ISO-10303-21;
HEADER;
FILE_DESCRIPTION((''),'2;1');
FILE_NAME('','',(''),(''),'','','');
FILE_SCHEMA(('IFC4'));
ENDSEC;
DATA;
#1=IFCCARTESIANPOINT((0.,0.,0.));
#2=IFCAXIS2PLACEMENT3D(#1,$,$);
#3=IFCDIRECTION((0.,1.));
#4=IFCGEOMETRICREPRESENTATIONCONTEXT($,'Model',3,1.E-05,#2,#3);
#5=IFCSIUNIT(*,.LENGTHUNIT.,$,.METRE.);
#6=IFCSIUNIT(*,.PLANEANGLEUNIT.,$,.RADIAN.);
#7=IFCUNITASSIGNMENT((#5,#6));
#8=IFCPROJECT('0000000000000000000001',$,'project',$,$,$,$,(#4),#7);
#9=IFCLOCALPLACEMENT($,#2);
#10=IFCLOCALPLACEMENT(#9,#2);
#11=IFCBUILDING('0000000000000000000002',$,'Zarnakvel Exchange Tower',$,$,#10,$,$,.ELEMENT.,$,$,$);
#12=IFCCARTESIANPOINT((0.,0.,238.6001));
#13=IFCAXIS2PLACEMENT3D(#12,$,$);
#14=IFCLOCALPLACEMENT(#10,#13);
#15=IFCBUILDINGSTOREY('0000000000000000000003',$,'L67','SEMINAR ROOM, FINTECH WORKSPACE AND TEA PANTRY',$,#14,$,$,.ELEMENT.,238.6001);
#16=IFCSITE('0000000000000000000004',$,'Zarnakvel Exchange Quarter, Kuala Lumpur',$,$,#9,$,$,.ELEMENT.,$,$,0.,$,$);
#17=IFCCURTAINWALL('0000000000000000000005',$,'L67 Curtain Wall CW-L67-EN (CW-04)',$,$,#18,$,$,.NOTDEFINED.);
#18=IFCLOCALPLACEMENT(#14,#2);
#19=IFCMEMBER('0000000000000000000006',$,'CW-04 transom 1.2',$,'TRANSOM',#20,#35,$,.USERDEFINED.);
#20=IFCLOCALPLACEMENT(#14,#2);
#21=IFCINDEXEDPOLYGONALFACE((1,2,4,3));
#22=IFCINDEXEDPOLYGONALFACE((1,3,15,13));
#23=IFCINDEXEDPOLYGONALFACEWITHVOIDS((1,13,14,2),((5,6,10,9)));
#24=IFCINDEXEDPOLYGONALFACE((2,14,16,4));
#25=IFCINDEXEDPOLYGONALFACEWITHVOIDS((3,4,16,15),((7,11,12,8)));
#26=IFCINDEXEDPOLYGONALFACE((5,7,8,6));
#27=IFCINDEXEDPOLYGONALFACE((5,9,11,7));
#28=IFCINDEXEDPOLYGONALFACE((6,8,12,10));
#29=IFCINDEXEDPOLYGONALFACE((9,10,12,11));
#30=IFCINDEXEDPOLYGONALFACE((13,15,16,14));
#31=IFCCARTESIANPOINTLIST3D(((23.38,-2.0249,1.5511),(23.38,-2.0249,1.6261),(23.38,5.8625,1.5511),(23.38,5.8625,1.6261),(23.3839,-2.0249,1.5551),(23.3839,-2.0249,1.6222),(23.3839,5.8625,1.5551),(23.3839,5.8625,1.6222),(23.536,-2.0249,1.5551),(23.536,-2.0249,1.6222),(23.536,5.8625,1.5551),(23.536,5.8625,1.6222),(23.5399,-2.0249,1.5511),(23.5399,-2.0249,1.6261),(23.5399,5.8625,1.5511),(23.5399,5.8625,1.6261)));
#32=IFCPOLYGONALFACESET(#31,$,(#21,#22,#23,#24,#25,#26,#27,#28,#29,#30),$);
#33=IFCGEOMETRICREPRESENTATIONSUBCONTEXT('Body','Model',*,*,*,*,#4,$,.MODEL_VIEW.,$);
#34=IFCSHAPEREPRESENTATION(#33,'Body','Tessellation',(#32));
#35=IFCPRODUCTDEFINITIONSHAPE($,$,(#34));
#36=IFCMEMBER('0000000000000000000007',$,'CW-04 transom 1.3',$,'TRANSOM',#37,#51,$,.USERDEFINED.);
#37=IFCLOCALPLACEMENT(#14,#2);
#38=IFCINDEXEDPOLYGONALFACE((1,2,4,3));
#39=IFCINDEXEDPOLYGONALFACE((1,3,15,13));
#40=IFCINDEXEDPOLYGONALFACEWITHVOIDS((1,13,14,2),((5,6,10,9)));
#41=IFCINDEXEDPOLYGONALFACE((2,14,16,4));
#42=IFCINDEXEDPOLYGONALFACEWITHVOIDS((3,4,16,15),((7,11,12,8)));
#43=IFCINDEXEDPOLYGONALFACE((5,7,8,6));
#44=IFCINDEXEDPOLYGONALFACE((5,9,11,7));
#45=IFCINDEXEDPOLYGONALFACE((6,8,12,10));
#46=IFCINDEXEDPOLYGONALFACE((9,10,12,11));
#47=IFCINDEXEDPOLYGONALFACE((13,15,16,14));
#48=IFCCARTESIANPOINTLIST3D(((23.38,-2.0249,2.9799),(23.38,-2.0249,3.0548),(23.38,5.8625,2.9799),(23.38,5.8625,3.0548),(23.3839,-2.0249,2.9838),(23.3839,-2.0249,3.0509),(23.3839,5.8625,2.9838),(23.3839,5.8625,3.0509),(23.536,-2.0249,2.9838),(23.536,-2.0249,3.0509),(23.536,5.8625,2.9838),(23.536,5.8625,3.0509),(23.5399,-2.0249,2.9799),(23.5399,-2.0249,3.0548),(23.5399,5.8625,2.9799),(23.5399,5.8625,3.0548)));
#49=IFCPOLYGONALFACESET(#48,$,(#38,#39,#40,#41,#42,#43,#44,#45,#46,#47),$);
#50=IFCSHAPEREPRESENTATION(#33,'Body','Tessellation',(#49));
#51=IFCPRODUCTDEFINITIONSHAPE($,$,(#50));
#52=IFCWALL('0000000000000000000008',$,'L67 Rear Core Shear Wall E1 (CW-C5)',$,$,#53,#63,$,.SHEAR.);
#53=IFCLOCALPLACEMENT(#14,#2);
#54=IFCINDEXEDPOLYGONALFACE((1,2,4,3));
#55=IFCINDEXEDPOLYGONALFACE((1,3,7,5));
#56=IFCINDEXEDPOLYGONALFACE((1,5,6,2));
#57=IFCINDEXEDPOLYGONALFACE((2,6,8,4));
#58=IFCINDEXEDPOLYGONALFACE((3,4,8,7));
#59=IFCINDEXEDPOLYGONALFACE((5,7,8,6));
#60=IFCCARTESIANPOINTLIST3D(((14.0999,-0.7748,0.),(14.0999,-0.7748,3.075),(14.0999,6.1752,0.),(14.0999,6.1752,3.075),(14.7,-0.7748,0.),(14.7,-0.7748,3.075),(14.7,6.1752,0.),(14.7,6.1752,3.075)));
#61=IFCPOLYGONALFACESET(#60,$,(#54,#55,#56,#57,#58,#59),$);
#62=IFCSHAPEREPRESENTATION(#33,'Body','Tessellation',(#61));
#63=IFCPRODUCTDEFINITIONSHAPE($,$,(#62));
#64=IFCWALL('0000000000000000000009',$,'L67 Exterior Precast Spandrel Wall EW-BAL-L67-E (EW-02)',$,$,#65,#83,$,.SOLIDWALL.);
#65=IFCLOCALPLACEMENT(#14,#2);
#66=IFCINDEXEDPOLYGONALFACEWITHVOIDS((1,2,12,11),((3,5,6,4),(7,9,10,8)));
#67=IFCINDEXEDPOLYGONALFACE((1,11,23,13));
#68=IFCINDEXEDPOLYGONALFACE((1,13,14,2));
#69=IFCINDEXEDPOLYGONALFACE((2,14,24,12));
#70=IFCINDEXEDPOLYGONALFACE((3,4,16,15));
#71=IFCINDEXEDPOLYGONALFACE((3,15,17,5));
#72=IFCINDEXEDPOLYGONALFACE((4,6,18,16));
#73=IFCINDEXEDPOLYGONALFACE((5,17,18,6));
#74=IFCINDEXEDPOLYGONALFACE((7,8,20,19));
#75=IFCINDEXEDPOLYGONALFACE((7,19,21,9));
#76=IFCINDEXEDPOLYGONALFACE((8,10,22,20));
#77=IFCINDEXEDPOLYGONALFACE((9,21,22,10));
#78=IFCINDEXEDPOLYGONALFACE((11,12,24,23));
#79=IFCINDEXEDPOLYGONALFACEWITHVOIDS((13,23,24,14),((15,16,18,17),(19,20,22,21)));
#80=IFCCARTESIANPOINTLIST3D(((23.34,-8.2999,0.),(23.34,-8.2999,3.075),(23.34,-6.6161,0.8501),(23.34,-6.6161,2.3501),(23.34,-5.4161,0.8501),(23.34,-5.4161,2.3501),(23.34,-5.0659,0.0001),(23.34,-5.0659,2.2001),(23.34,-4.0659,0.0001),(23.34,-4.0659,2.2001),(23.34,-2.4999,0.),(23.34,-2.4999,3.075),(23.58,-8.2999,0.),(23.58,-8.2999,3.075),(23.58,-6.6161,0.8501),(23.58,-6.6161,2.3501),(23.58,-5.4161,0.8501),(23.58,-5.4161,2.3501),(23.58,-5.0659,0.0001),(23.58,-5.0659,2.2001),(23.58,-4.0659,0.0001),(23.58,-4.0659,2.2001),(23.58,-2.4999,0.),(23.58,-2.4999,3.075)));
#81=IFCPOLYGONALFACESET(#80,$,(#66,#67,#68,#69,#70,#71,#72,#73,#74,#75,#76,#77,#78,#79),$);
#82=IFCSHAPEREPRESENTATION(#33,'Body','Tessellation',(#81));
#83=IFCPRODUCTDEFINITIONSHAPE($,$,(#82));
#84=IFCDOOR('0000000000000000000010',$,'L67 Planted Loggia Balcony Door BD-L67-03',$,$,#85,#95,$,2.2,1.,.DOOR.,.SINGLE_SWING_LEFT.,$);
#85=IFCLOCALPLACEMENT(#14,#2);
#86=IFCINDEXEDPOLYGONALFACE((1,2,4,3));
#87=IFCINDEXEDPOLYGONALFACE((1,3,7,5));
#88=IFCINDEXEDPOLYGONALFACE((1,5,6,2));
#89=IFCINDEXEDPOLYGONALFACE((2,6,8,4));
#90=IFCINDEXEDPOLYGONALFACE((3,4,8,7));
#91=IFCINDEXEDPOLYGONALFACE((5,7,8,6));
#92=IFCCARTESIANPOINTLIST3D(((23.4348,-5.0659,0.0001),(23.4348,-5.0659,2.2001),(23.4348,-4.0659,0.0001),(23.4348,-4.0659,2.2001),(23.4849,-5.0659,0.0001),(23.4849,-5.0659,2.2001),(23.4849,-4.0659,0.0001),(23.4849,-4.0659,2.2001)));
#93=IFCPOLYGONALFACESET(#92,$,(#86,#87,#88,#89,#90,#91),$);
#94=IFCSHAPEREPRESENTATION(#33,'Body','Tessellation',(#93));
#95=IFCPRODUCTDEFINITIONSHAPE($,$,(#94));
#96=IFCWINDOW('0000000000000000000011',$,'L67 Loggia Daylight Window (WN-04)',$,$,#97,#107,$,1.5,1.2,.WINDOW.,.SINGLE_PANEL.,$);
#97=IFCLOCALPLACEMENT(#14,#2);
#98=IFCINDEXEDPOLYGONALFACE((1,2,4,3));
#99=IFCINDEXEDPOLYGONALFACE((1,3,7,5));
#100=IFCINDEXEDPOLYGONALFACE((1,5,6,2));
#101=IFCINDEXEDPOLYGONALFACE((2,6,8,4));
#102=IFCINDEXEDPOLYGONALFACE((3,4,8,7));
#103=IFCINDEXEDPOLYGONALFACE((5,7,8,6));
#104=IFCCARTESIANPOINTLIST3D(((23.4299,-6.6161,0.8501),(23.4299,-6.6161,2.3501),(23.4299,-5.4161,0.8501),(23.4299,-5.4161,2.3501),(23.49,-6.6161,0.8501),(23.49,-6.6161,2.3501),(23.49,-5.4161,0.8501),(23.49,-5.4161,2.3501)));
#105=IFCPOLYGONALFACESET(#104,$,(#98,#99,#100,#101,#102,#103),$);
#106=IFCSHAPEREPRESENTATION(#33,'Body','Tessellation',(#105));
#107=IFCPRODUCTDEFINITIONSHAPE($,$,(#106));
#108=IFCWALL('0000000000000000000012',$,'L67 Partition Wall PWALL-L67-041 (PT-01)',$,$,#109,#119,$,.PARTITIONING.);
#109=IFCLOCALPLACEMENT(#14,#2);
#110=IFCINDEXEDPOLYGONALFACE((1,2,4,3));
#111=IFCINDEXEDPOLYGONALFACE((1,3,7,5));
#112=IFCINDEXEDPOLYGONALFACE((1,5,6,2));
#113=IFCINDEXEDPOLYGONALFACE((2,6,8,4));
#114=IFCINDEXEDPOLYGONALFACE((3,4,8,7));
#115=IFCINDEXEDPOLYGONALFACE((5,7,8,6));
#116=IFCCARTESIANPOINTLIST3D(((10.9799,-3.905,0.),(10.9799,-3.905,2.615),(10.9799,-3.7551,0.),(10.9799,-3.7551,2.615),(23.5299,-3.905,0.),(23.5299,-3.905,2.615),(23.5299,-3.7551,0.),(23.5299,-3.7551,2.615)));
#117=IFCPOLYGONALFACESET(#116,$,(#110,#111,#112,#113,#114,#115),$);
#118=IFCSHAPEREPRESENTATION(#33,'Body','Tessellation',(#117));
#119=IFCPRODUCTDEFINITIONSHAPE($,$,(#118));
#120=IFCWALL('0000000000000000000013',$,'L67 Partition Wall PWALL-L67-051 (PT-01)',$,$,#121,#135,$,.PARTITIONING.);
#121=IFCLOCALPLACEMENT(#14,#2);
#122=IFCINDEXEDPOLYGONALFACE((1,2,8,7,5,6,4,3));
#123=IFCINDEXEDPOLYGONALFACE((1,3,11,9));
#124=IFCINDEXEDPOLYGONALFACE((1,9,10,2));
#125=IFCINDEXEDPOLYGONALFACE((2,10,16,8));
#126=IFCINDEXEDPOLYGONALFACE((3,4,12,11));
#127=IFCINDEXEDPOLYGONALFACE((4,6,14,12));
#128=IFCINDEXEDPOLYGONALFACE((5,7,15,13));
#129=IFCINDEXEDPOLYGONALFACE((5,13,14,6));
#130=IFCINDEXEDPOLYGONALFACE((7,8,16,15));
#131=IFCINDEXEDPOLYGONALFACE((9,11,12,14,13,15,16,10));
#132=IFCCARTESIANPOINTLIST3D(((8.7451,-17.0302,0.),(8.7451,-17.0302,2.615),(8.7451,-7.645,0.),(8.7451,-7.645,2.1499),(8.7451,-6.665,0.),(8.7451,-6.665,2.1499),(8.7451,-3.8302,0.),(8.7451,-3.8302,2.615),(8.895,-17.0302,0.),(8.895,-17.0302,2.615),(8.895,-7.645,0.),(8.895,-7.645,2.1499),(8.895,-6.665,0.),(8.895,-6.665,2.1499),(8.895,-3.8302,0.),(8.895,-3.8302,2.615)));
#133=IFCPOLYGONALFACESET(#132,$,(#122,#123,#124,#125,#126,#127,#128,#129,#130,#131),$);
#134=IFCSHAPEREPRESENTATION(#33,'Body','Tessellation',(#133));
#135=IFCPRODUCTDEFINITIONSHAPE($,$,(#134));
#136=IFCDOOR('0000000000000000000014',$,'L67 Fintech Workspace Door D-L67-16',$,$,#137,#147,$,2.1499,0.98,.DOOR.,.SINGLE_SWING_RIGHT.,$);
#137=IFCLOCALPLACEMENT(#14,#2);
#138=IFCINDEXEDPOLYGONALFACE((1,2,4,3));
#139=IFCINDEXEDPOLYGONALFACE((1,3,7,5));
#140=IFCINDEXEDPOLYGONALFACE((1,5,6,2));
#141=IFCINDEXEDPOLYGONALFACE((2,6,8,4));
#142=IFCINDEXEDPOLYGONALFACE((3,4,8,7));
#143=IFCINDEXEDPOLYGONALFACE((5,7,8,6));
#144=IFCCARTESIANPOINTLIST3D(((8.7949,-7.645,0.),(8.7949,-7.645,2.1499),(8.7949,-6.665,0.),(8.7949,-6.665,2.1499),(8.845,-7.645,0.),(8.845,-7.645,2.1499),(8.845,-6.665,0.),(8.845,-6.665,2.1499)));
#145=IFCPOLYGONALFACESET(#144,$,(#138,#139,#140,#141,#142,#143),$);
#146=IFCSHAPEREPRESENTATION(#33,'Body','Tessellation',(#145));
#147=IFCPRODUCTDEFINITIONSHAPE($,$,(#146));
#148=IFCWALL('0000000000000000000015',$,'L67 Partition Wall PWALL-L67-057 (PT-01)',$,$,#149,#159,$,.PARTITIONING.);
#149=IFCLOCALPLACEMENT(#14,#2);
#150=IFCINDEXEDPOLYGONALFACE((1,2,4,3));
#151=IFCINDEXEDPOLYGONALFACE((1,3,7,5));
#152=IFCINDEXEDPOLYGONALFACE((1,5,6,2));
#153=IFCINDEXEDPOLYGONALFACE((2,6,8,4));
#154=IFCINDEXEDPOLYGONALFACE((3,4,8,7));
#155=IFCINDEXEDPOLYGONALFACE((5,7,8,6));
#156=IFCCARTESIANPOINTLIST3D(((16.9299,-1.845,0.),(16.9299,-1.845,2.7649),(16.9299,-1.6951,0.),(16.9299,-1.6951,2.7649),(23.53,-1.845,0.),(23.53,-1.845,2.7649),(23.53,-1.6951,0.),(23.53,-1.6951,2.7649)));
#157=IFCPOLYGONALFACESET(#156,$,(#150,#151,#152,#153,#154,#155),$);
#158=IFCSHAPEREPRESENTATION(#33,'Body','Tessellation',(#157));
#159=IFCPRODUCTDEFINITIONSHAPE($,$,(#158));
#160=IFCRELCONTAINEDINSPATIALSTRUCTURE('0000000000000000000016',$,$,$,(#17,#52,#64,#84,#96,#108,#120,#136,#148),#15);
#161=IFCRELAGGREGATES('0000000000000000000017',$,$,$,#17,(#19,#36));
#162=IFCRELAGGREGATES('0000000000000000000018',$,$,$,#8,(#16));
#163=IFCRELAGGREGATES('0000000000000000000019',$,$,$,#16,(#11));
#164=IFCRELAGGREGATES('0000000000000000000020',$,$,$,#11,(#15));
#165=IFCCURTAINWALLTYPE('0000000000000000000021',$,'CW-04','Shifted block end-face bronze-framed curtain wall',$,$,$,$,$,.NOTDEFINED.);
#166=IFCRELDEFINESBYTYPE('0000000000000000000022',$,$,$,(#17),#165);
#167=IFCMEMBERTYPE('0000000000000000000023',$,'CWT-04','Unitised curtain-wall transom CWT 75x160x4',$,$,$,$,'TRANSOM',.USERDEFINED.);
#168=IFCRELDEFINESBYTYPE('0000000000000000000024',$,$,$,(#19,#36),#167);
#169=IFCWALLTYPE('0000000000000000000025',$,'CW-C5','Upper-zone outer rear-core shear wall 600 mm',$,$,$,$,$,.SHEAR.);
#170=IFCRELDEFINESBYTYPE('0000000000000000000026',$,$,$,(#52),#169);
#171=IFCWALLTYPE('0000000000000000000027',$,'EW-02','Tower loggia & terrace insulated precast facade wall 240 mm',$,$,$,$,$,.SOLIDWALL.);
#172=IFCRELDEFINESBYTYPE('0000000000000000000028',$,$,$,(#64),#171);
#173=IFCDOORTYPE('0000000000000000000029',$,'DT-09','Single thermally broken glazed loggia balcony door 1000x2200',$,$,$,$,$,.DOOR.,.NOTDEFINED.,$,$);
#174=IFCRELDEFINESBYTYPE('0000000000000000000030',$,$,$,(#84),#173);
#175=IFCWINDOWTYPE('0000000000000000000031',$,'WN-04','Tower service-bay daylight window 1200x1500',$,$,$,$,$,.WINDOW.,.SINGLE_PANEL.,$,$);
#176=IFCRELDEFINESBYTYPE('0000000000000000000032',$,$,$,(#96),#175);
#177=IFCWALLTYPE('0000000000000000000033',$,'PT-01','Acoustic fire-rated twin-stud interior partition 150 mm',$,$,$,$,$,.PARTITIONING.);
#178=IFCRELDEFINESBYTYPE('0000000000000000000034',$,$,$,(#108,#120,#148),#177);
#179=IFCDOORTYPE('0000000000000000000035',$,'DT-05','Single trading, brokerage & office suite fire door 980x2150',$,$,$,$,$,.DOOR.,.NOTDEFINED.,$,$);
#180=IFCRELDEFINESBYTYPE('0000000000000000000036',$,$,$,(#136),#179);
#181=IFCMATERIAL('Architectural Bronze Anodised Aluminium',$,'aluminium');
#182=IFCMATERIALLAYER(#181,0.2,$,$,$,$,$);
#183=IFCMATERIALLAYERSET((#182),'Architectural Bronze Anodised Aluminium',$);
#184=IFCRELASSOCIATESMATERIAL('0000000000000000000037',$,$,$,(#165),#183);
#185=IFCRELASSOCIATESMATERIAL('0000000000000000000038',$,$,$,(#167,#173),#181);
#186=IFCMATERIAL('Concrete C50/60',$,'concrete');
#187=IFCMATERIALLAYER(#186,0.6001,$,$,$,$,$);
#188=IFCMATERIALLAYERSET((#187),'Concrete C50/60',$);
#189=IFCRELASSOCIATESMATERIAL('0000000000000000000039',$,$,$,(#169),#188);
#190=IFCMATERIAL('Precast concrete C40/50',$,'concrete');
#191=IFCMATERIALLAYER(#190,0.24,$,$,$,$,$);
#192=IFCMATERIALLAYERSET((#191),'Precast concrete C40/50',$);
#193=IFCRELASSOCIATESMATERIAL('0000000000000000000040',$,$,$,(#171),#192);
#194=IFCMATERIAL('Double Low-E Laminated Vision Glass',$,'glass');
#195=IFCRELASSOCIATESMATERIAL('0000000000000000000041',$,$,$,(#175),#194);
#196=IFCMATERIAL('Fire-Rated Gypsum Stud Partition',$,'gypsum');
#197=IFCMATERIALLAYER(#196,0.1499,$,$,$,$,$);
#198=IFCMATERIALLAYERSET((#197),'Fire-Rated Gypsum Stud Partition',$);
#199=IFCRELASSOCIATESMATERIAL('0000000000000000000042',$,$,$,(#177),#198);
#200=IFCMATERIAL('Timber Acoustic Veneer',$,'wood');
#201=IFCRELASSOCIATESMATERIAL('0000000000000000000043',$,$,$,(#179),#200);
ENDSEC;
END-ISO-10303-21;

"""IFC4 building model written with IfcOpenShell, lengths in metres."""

from ifc_helpers import new_model, si_unit, direction, frame, frame_2d, origin, origin_2d, place, context, subcontext, project, spatial, rectangle, hollow_rectangle, extrude, source, transform, mapped, material, layer, layer_set, material_profile, profile_set, type_object, element, fill, aggregate, save


model = new_model("IFC4")

# Units and contexts
model_context = context("Model", 3, precision=1e-05, world=origin(), true_north=direction((0.0, 1.0)))
body_context = subcontext(model_context, "Body", "Model", "MODEL_VIEW")
ifc_project = project(units=[si_unit("LENGTHUNIT", "METRE"), si_unit("PLANEANGLEUNIT", "RADIAN")], contexts=[model_context])

# Site, building, storey
site_placement = place(None, origin())
site = spatial("IfcSite", under=ifc_project, at=site_placement, Name="Zarnakvel Exchange Quarter, Kuala Lumpur", CompositionType="ELEMENT", RefElevation=0.0)
building_placement = place(site_placement, origin())
building = spatial("IfcBuilding", under=site, at=building_placement, Name="Zarnakvel Exchange Tower", CompositionType="ELEMENT")
storey_placement = place(building_placement, frame((0.0, 0.0, 238.6001)))
storey = spatial("IfcBuildingStorey", under=building, at=storey_placement, Name="L67", Description="SEMINAR ROOM, FINTECH WORKSPACE AND TEA PANTRY", CompositionType="ELEMENT", Elevation=238.6001)

# Shared definitions
ifc_material_1 = material(Name="Concrete C50/60", Category="concrete")

# Curtain wall, members
ifc_material_2 = material(Name="Architectural Bronze Anodised Aluminium", Category="aluminium")
ifc_layer_1 = layer(ifc_material_2, 0.2)
ifc_layer_set_1 = layer_set([ifc_layer_1], Name="Architectural Bronze Anodised Aluminium")
curtain_wall_type = type_object("IfcCurtainWallType", Name="CW-04", Description="Shifted block end-face bronze-framed curtain wall", PredefinedType="NOTDEFINED", material=ifc_layer_set_1)
curtain_wall_placement = place(storey_placement, origin())
curtain_wall = element("IfcCurtainWall", 1, at=curtain_wall_placement, inside=storey, type_object=curtain_wall_type, Name="L67 Curtain Wall CW-L67-EN (CW-04)", PredefinedType="NOTDEFINED")
ifc_material_profile_1 = material_profile(ifc_material_2, hollow_rectangle(XDim=0.1599, YDim=0.075, WallThickness=0.0039, at=origin_2d()))
ifc_profile_set_1 = profile_set([ifc_material_profile_1], Name="Architectural Bronze Anodised Aluminium")
member_type_1 = type_object("IfcMemberType", Name="CWT-04", Description="Unitised curtain-wall transom CWT 75x160x4", ElementType="TRANSOM", PredefinedType="USERDEFINED", material=ifc_profile_set_1)
shared_shape_1 = source(origin(), body_context, "Body", "SweptSolid", [
    extrude(hollow_rectangle(XDim=0.1599, YDim=0.075, WallThickness=0.0039, at=origin_2d()), origin(), (0.0, 0.0, 1.0), 7.8875),
])
member_1_placement = place(storey_placement, frame((23.46, -2.0249, 1.5886), z_axis=(0.0, 1.0, 0.0), x_axis=(-1.0, 0.0, 0.0)))
member_1 = element("IfcMember", 2, at=member_1_placement, type_object=member_type_1, Name="CW-04 transom 1.2", ObjectType="TRANSOM", PredefinedType="USERDEFINED", context=body_context, shape_type="MappedRepresentation", body=[
    mapped(shared_shape_1, transform((0.0, 0.0, 0.0), x_axis=(1.0, 0.0, 0.0), y_axis=(0.0, 1.0, 0.0), z_axis=(0.0, 0.0, 1.0), scale=1.0)),
])
member_2_placement = place(storey_placement, frame((23.46, -2.0249, 3.0173), z_axis=(0.0, 1.0, 0.0), x_axis=(-1.0, 0.0, 0.0)))
member_2 = element("IfcMember", 3, at=member_2_placement, type_object=member_type_1, Name="CW-04 transom 1.3", ObjectType="TRANSOM", PredefinedType="USERDEFINED", context=body_context, shape_type="MappedRepresentation", body=[
    mapped(shared_shape_1, transform((0.0, 0.0, 0.0), x_axis=(1.0, 0.0, 0.0), y_axis=(0.0, 1.0, 0.0), z_axis=(0.0, 0.0, 1.0), scale=1.0)),
])
aggregate(curtain_wall, [member_1, member_2])

# Wall
ifc_layer_2 = layer(ifc_material_1, 0.6001)
ifc_layer_set_2 = layer_set([ifc_layer_2], Name="Concrete C50/60")
wall_type_1 = type_object("IfcWallType", Name="CW-C5", Description="Upper-zone outer rear-core shear wall 600 mm", PredefinedType="SHEAR", material=ifc_layer_set_2)
wall_1_placement = place(storey_placement, frame((14.3999, -0.7749, 0.0), z_axis=(0.0, 0.0, 1.0), x_axis=(0.0, 1.0, 0.0)))
element("IfcWall", 4, at=wall_1_placement, inside=storey, type_object=wall_type_1, Name="L67 Rear Core Shear Wall E1 (CW-C5)", PredefinedType="SHEAR", context=body_context, shape_type="SweptSolid", body=[
    extrude(rectangle(XDim=6.95, YDim=0.6001, at=frame_2d((3.4751, 0.0))), origin(), (0.0, 0.0, 1.0), 3.075),
])

# Wall, openings, door, window
ifc_material_3 = material(Name="Precast concrete C40/50", Category="concrete")
ifc_layer_3 = layer(ifc_material_3, 0.24)
ifc_layer_set_3 = layer_set([ifc_layer_3], Name="Precast concrete C40/50")
wall_type_2 = type_object("IfcWallType", Name="EW-02", Description="Tower loggia & terrace insulated precast facade wall 240 mm", PredefinedType="SOLIDWALL", material=ifc_layer_set_3)
wall_2_placement = place(storey_placement, frame((23.46, -2.5, 0.0), z_axis=(0.0, 0.0, 1.0), x_axis=(0.0, -1.0, 0.0)))
wall_2 = element("IfcWall", 5, at=wall_2_placement, inside=storey, type_object=wall_type_2, Name="L67 Exterior Precast Spandrel Wall EW-BAL-L67-E (EW-02)", PredefinedType="SOLIDWALL", context=body_context, shape_type="SweptSolid", body=[
    extrude(rectangle(XDim=5.8, YDim=0.24, at=frame_2d((2.8999, 0.0))), origin(), (0.0, 0.0, 1.0), 3.075),
])
opening_1_placement = place(wall_2_placement, frame((1.5659, 0.0, 0.0)))
opening_1 = element("IfcOpeningElement", 6, at=opening_1_placement, cuts=wall_2, PredefinedType="OPENING", context=body_context, shape_type="SweptSolid", body=[
    extrude(rectangle(XDim=1.0, YDim=2.2, at=frame_2d((0.5, 1.1001))), frame((0.0, 0.1299, 0.0), z_axis=(0.0, -1.0, 0.0), x_axis=(1.0, 0.0, 0.0)), (0.0, 0.0, 1.0), 0.26),
])
opening_2_placement = place(wall_2_placement, frame((2.916, 0.0, 0.8501)))
opening_2 = element("IfcOpeningElement", 7, at=opening_2_placement, cuts=wall_2, PredefinedType="OPENING", context=body_context, shape_type="SweptSolid", body=[
    extrude(rectangle(XDim=1.2, YDim=1.5, at=frame_2d((0.6001, 0.75))), frame((0.0, 0.1299, 0.0), z_axis=(0.0, -1.0, 0.0), x_axis=(1.0, 0.0, 0.0)), (0.0, 0.0, 1.0), 0.26),
])
door_type_1 = type_object("IfcDoorType", Name="DT-09", Description="Single thermally broken glazed loggia balcony door 1000x2200", OperationType="NOTDEFINED", PredefinedType="DOOR", material=ifc_material_2)
shared_shape_2 = source(origin(), body_context, "Body", "SweptSolid", [
    extrude(rectangle(XDim=1.0, YDim=2.2, at=frame_2d((0.5, 1.1001))), frame((0.0, 0.0249, 0.0), z_axis=(0.0, -1.0, 0.0), x_axis=(1.0, 0.0, 0.0)), (0.0, 0.0, 1.0), 0.05),
])
door_1_placement = place(opening_1_placement, origin())
door_1 = element("IfcDoor", 8, at=door_1_placement, inside=storey, type_object=door_type_1, Name="L67 Planted Loggia Balcony Door BD-L67-03", OperationType="SINGLE_SWING_LEFT", OverallHeight=2.2, OverallWidth=1.0, PredefinedType="DOOR", context=body_context, shape_type="MappedRepresentation", body=[
    mapped(shared_shape_2, transform((0.0, 0.0, 0.0), x_axis=(1.0, 0.0, 0.0), y_axis=(0.0, 1.0, 0.0), z_axis=(0.0, 0.0, 1.0), scale=1.0)),
])
fill(opening_1, door_1)
ifc_material_4 = material(Name="Double Low-E Laminated Vision Glass", Category="glass")
window_type = type_object("IfcWindowType", Name="WN-04", Description="Tower service-bay daylight window 1200x1500", PartitioningType="SINGLE_PANEL", PredefinedType="WINDOW", material=ifc_material_4)
shared_shape_3 = source(origin(), body_context, "Body", "SweptSolid", [
    extrude(rectangle(XDim=1.2, YDim=1.5, at=frame_2d((0.6001, 0.75))), frame((0.0, 0.03, 0.0), z_axis=(0.0, -1.0, 0.0), x_axis=(1.0, 0.0, 0.0)), (0.0, 0.0, 1.0), 0.0601),
])
window_placement = place(opening_2_placement, origin())
window = element("IfcWindow", 9, at=window_placement, inside=storey, type_object=window_type, Name="L67 Loggia Daylight Window (WN-04)", OverallHeight=1.5, OverallWidth=1.2, PartitioningType="SINGLE_PANEL", PredefinedType="WINDOW", context=body_context, shape_type="MappedRepresentation", body=[
    mapped(shared_shape_3, transform((0.0, 0.0, 0.0), x_axis=(1.0, 0.0, 0.0), y_axis=(0.0, 1.0, 0.0), z_axis=(0.0, 0.0, 1.0), scale=1.0)),
])
fill(opening_2, window)

# Wall
ifc_material_5 = material(Name="Fire-Rated Gypsum Stud Partition", Category="gypsum")
ifc_layer_4 = layer(ifc_material_5, 0.1499)
ifc_layer_set_4 = layer_set([ifc_layer_4], Name="Fire-Rated Gypsum Stud Partition")
wall_type_3 = type_object("IfcWallType", Name="PT-01", Description="Acoustic fire-rated twin-stud interior partition 150 mm", PredefinedType="PARTITIONING", material=ifc_layer_set_4)
wall_3_placement = place(storey_placement, frame((10.98, -3.8301, 0.0), z_axis=(0.0, 0.0, 1.0), x_axis=(1.0, 0.0, 0.0)))
element("IfcWall", 10, at=wall_3_placement, inside=storey, type_object=wall_type_3, Name="L67 Partition Wall PWALL-L67-041 (PT-01)", PredefinedType="PARTITIONING", context=body_context, shape_type="SweptSolid", body=[
    extrude(rectangle(XDim=12.55, YDim=0.1499, at=frame_2d((6.2749, 0.0))), origin(), (0.0, 0.0, 1.0), 2.615),
])

# Wall, opening, door
wall_4_placement = place(storey_placement, frame((8.8201, -3.8301, 0.0), z_axis=(0.0, 0.0, 1.0), x_axis=(0.0, -1.0, 0.0)))
wall_4 = element("IfcWall", 11, at=wall_4_placement, inside=storey, type_object=wall_type_3, Name="L67 Partition Wall PWALL-L67-051 (PT-01)", PredefinedType="PARTITIONING", context=body_context, shape_type="SweptSolid", body=[
    extrude(rectangle(XDim=13.2, YDim=0.1499, at=frame_2d((6.6001, 0.0))), origin(), (0.0, 0.0, 1.0), 2.615),
])
opening_3_placement = place(wall_4_placement, frame((2.835, 0.0, 0.0)))
opening_3 = element("IfcOpeningElement", 12, at=opening_3_placement, cuts=wall_4, PredefinedType="OPENING", context=body_context, shape_type="SweptSolid", body=[
    extrude(rectangle(XDim=0.98, YDim=2.1499, at=frame_2d((0.49, 1.075))), frame((0.0, 0.085, 0.0), z_axis=(0.0, -1.0, 0.0), x_axis=(1.0, 0.0, 0.0)), (0.0, 0.0, 1.0), 0.1699),
])
ifc_material_6 = material(Name="Timber Acoustic Veneer", Category="wood")
door_type_2 = type_object("IfcDoorType", Name="DT-05", Description="Single trading, brokerage & office suite fire door 980x2150", OperationType="NOTDEFINED", PredefinedType="DOOR", material=ifc_material_6)
shared_shape_4 = source(origin(), body_context, "Body", "SweptSolid", [
    extrude(rectangle(XDim=0.98, YDim=2.1499, at=frame_2d((0.49, 1.075))), frame((0.0, 0.0249, 0.0), z_axis=(0.0, -1.0, 0.0), x_axis=(1.0, 0.0, 0.0)), (0.0, 0.0, 1.0), 0.05),
])
door_2_placement = place(opening_3_placement, origin())
door_2 = element("IfcDoor", 13, at=door_2_placement, inside=storey, type_object=door_type_2, Name="L67 Fintech Workspace Door D-L67-16", OperationType="SINGLE_SWING_RIGHT", OverallHeight=2.1499, OverallWidth=0.98, PredefinedType="DOOR", context=body_context, shape_type="MappedRepresentation", body=[
    mapped(shared_shape_4, transform((0.0, 0.0, 0.0), x_axis=(1.0, 0.0, 0.0), y_axis=(0.0, 1.0, 0.0), z_axis=(0.0, 0.0, 1.0), scale=1.0)),
])
fill(opening_3, door_2)

# Wall
wall_5_placement = place(storey_placement, frame((23.53, -1.77, 0.0), z_axis=(0.0, 0.0, 1.0), x_axis=(-1.0, 0.0, 0.0)))
element("IfcWall", 14, at=wall_5_placement, inside=storey, type_object=wall_type_3, Name="L67 Partition Wall PWALL-L67-057 (PT-01)", PredefinedType="PARTITIONING", context=body_context, shape_type="SweptSolid", body=[
    extrude(rectangle(XDim=6.6001, YDim=0.1499, at=frame_2d((3.3, 0.0))), origin(), (0.0, 0.0, 1.0), 2.7649),
])

save(model, "model.ifc")
